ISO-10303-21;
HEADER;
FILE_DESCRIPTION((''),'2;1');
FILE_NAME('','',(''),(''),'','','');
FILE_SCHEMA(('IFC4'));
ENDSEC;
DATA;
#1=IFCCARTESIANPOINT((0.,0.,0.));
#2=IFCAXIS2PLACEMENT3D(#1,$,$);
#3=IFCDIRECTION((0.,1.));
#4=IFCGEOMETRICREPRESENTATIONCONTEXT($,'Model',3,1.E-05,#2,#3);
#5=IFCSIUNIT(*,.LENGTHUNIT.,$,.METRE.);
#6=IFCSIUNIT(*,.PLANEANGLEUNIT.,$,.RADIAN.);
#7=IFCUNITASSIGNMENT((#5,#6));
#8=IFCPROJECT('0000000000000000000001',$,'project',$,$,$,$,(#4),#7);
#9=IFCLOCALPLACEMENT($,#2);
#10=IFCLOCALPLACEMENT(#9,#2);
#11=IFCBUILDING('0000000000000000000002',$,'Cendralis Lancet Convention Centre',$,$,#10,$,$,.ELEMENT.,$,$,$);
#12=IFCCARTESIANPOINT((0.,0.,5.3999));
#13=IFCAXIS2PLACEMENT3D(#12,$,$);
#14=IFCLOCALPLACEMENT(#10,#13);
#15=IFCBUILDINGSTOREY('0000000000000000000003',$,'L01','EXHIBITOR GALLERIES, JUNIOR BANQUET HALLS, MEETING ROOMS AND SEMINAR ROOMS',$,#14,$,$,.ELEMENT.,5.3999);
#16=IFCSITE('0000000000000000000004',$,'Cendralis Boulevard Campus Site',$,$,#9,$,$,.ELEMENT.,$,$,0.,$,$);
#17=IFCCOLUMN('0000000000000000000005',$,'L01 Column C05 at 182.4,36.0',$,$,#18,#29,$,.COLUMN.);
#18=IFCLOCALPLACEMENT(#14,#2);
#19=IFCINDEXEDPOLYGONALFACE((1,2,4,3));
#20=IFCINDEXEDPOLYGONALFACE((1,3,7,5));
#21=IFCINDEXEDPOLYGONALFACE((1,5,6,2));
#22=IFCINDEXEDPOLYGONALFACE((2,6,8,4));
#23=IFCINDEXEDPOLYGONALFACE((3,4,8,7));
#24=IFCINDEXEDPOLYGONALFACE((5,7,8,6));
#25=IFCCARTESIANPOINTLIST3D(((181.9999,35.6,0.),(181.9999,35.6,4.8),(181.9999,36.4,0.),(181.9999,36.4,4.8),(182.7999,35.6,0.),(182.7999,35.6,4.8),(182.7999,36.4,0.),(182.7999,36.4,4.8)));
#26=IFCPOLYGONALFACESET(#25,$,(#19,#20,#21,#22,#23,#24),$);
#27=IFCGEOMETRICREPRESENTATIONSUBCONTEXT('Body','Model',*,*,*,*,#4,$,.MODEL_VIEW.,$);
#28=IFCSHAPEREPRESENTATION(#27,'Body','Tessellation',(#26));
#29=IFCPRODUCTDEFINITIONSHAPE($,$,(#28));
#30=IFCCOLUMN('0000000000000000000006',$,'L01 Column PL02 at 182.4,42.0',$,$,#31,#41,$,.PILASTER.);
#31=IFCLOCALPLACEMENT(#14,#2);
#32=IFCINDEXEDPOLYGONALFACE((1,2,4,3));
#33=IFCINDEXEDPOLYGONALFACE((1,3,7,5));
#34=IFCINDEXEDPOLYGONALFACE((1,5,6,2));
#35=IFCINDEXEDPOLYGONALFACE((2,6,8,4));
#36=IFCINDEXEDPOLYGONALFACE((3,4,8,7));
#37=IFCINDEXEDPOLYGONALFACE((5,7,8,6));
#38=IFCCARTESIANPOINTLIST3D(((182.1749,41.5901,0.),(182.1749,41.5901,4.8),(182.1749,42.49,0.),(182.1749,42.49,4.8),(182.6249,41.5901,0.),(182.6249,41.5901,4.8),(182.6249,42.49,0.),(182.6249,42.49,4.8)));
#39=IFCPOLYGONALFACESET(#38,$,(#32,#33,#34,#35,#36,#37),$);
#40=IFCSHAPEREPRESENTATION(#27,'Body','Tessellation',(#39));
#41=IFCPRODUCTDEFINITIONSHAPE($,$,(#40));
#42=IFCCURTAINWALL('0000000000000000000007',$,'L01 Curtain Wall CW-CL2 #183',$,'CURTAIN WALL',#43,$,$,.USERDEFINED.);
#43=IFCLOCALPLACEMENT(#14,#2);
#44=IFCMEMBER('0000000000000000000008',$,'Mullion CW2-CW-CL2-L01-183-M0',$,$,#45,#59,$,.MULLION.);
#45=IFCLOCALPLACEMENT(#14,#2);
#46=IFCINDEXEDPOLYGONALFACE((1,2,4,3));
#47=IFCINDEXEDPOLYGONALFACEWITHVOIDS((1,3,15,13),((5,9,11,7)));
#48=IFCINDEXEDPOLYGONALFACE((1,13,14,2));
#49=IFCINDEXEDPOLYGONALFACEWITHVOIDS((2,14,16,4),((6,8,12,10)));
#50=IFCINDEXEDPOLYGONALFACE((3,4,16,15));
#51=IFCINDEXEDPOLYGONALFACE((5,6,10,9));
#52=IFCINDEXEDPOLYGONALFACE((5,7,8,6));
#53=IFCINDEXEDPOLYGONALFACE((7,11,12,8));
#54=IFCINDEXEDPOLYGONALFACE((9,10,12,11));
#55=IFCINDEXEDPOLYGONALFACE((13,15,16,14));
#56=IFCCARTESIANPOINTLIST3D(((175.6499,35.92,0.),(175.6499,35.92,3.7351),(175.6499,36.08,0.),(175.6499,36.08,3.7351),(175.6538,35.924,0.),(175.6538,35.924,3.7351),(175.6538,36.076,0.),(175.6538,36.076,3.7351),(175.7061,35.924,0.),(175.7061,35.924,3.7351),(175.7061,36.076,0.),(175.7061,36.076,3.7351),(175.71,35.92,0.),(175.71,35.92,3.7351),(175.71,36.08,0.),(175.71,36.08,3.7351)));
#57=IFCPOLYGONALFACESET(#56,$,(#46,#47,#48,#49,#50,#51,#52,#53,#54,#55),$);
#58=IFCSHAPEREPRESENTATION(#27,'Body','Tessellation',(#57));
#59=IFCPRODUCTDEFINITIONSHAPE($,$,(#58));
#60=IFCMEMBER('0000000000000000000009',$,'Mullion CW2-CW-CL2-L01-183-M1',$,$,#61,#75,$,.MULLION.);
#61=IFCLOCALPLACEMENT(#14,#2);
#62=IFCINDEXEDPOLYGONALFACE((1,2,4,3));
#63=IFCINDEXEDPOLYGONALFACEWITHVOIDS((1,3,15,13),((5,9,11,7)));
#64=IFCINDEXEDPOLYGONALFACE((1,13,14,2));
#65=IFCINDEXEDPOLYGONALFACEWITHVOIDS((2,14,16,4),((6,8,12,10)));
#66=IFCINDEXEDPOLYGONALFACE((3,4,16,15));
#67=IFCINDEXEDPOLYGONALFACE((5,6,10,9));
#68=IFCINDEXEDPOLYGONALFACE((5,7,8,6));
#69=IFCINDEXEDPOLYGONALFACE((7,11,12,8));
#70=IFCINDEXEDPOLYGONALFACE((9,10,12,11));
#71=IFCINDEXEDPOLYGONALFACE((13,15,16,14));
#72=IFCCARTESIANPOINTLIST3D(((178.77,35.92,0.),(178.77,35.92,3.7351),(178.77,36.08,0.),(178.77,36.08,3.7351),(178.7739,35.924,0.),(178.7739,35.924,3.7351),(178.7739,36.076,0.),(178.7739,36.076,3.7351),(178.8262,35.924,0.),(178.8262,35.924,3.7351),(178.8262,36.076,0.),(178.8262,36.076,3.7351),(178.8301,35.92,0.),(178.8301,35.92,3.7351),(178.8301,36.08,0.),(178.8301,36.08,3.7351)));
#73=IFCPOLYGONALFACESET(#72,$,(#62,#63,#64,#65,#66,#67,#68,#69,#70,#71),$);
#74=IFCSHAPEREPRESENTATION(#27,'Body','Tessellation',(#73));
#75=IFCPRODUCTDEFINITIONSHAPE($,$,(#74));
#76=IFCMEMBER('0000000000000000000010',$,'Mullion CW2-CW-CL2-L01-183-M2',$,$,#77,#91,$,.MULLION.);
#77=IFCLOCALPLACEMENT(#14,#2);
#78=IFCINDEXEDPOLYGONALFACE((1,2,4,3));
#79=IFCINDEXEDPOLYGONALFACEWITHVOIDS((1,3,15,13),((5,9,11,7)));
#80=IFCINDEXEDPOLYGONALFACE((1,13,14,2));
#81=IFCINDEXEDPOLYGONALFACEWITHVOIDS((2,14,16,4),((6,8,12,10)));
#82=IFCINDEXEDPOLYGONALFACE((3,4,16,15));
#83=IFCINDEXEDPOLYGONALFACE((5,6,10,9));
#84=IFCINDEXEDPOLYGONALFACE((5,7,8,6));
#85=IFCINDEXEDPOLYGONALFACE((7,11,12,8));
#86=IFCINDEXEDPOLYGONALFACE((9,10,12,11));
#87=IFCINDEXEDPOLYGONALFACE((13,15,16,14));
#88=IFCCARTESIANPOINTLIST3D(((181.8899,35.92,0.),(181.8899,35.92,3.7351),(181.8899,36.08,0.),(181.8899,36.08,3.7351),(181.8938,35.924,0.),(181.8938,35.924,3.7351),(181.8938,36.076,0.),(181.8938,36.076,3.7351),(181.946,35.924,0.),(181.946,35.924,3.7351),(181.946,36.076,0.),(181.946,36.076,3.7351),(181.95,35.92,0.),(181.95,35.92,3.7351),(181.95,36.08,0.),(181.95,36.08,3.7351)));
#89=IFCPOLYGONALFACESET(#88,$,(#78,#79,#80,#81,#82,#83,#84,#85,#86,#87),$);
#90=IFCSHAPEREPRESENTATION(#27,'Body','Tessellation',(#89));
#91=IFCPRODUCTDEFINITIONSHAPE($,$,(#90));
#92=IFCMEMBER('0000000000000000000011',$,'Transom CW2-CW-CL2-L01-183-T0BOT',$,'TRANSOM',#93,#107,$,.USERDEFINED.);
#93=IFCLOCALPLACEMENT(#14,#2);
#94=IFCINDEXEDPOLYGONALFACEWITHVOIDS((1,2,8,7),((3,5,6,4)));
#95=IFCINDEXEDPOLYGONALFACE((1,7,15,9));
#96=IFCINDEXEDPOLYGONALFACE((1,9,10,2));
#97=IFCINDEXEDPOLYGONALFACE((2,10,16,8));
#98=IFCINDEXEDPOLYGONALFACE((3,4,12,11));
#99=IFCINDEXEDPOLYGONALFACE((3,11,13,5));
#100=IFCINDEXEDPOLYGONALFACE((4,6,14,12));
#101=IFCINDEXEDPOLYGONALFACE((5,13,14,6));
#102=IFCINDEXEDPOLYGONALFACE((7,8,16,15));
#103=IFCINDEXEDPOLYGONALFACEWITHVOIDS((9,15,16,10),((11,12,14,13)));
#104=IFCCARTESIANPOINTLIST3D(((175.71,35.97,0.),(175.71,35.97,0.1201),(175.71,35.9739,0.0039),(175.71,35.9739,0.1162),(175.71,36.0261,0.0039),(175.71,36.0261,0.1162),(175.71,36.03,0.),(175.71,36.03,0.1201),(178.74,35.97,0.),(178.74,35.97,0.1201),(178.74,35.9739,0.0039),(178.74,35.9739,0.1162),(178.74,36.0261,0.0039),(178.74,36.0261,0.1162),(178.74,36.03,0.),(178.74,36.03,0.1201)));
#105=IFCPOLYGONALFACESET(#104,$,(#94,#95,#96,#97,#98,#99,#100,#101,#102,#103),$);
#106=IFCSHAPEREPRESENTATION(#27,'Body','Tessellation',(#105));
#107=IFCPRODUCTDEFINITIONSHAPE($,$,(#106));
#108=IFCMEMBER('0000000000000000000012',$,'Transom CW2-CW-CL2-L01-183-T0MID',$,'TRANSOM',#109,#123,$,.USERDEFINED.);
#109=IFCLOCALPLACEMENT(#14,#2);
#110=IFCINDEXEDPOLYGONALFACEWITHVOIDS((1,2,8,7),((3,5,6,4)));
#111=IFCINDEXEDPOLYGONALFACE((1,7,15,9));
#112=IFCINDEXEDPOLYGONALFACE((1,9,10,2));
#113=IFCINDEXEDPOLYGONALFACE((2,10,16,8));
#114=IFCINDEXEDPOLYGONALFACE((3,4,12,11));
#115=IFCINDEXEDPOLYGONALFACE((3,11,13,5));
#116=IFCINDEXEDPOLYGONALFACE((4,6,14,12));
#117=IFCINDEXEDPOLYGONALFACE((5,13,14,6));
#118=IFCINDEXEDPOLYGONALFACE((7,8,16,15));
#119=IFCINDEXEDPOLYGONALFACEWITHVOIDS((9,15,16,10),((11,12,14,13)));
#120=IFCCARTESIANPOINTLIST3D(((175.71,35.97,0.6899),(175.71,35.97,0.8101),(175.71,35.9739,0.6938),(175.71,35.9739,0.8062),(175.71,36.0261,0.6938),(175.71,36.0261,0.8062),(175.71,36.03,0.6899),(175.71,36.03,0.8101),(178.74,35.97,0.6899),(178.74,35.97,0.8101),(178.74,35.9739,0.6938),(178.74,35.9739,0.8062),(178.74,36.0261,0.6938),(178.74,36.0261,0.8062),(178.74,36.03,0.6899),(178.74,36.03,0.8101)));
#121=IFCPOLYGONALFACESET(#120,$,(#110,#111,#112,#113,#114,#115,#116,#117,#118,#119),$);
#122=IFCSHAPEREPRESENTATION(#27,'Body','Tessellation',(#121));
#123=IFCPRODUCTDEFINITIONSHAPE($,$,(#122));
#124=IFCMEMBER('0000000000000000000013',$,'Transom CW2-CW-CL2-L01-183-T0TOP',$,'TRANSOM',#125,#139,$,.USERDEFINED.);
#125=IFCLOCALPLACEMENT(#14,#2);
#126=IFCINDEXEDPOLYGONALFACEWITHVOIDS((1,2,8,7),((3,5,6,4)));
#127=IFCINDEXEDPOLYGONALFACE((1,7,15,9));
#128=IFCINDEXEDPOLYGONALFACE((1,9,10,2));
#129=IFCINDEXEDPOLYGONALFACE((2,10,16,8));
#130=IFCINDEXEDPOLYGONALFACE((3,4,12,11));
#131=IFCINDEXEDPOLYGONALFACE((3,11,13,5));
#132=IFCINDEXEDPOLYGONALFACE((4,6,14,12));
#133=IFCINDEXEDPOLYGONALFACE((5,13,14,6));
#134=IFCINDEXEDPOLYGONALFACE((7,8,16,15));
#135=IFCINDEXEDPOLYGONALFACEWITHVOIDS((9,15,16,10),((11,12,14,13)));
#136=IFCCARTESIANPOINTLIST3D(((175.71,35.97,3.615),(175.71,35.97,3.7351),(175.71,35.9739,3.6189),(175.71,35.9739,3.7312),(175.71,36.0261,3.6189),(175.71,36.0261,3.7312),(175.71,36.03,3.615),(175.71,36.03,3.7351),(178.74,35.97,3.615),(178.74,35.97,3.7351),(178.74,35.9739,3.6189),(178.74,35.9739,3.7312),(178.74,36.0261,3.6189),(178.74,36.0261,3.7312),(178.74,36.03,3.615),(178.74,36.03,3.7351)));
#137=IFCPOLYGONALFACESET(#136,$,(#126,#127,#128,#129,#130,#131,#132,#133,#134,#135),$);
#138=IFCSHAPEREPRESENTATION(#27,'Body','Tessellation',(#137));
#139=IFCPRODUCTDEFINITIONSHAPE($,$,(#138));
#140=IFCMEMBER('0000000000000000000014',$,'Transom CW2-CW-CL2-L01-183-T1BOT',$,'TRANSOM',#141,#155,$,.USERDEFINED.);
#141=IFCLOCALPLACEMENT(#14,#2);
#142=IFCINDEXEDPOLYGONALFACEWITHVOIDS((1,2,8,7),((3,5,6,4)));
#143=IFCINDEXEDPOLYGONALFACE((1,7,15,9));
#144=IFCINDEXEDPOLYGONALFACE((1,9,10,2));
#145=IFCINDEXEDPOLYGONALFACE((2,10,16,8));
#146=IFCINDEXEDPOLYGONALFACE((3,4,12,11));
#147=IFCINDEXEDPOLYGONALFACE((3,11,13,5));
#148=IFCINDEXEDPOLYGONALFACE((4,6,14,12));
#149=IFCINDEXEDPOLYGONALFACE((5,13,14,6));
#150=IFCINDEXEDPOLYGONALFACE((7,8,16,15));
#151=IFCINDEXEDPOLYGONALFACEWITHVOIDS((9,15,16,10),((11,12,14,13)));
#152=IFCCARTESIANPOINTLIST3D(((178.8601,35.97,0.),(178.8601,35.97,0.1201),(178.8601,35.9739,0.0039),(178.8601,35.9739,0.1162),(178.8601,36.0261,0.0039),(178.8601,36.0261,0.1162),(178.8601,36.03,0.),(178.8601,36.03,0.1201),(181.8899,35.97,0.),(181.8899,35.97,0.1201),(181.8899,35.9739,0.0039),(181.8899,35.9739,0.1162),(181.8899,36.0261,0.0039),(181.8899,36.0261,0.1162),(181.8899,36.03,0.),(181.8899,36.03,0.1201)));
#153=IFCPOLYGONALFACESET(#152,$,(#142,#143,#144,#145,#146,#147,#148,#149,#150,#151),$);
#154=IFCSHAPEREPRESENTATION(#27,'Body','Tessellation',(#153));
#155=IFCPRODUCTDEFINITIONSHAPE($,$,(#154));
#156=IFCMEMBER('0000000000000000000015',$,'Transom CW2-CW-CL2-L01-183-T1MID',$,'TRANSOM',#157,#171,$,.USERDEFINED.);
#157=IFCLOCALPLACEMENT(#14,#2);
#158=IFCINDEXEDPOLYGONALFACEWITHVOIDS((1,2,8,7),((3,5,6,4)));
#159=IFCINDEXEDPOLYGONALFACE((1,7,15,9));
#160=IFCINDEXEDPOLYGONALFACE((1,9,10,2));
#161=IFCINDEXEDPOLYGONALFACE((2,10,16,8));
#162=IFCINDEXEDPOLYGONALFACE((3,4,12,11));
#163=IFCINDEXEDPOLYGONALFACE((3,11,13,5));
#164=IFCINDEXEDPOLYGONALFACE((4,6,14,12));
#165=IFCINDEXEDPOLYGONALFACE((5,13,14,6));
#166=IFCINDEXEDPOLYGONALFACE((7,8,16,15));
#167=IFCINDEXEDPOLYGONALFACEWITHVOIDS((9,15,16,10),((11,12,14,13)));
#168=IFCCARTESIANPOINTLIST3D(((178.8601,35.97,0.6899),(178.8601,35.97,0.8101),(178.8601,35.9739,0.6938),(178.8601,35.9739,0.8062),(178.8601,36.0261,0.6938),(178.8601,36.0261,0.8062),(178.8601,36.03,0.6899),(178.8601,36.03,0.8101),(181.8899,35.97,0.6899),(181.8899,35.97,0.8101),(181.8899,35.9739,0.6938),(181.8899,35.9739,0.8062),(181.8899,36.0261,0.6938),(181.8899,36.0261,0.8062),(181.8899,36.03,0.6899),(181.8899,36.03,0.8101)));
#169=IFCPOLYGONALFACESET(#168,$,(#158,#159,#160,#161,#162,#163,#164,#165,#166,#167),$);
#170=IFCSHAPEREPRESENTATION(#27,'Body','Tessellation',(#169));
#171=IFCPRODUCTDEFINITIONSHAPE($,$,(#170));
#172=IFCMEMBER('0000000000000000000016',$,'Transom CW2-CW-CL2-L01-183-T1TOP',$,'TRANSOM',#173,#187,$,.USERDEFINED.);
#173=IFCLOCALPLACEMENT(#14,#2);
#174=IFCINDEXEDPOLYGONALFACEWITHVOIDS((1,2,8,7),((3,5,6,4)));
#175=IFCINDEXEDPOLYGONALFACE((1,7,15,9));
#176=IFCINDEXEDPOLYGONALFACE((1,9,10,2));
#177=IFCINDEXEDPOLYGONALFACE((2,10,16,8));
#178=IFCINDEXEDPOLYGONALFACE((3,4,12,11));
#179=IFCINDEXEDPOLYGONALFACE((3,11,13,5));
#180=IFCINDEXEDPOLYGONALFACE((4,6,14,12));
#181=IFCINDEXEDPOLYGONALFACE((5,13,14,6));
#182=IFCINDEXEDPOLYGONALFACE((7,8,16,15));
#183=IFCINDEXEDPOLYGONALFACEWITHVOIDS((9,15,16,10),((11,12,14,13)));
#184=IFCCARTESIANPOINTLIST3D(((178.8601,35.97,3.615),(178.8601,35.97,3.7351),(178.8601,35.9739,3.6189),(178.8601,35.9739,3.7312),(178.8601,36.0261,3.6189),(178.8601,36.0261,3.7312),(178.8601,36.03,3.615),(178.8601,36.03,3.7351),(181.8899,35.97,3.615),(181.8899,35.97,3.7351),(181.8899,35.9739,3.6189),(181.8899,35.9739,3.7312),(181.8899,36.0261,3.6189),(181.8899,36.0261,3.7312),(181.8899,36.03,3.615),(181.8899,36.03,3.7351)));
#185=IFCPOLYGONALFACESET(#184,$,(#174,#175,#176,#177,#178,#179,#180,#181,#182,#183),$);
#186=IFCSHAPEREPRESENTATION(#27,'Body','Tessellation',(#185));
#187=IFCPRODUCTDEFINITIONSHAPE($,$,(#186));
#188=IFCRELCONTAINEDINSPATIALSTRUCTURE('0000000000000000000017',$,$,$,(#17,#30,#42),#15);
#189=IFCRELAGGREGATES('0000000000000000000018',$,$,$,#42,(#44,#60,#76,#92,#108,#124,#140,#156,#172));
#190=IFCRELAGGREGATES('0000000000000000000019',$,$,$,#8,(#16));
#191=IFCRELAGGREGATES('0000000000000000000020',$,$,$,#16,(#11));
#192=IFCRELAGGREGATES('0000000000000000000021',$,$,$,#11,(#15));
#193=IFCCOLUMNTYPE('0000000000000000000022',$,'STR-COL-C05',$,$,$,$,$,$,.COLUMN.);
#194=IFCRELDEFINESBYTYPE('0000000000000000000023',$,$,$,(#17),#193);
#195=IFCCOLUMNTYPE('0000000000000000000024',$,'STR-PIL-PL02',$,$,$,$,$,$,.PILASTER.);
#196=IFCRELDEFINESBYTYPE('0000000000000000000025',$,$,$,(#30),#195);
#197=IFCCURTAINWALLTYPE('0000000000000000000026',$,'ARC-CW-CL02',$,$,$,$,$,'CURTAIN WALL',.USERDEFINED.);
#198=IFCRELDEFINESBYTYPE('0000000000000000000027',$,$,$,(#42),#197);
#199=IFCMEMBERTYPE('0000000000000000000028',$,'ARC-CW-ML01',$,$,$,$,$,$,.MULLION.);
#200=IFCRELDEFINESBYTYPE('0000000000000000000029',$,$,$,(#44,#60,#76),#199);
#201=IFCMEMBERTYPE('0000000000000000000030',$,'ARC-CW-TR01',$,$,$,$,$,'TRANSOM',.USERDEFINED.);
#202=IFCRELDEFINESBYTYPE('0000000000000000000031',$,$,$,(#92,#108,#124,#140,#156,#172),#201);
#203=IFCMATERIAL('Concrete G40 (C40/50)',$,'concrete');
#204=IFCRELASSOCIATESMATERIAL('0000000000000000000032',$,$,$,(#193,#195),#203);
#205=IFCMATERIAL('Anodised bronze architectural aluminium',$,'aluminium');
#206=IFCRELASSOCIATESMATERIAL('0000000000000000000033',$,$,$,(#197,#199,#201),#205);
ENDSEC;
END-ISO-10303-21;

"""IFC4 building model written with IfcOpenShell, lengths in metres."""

from ifc_helpers import new_model, si_unit, direction, frame, origin, origin_2d, place, context, subcontext, project, spatial, rectangle, hollow_rectangle, extrude, material, material_profile, profile_set, type_object, element, aggregate, save


model = new_model("IFC4")

# Units and contexts
model_context = context("Model", 3, precision=1e-05, world=origin(), true_north=direction((0.0, 1.0)))
body_context = subcontext(model_context, "Body", "Model", "MODEL_VIEW")
ifc_project = project(units=[si_unit("LENGTHUNIT", "METRE"), si_unit("PLANEANGLEUNIT", "RADIAN")], contexts=[model_context])

# Site, building, storey
site_placement = place(None, origin())
site = spatial("IfcSite", under=ifc_project, at=site_placement, Name="Cendralis Boulevard Campus Site", CompositionType="ELEMENT", RefElevation=0.0)
building_placement = place(site_placement, origin())
building = spatial("IfcBuilding", under=site, at=building_placement, Name="Cendralis Lancet Convention Centre", CompositionType="ELEMENT")
storey_placement = place(building_placement, frame((0.0, 0.0, 5.3999)))
storey = spatial("IfcBuildingStorey", under=building, at=storey_placement, Name="L01", Description="EXHIBITOR GALLERIES, JUNIOR BANQUET HALLS, MEETING ROOMS AND SEMINAR ROOMS", CompositionType="ELEMENT", Elevation=5.3999)

# Columns
ifc_material_1 = material(Name="Concrete G40 (C40/50)", Category="concrete")
ifc_material_profile_1 = material_profile(ifc_material_1, rectangle(XDim=0.8, YDim=0.8, at=origin_2d()), Name="RC 800x800")
ifc_profile_set_1 = profile_set([ifc_material_profile_1], Name="Concrete G40 (C40/50)")
column_type_1 = type_object("IfcColumnType", Name="STR-COL-C05", PredefinedType="COLUMN", material=ifc_profile_set_1)
column_1_placement = place(storey_placement, frame((182.3999, 36.0, 0.0), z_axis=(0.0, 0.0, 1.0), x_axis=(1.0, 0.0, 0.0)))
element("IfcColumn", 1, at=column_1_placement, inside=storey, type_object=column_type_1, Name="L01 Column C05 at 182.4,36.0", PredefinedType="COLUMN", context=body_context, shape_type="SweptSolid", body=[
    extrude(rectangle(XDim=0.8, YDim=0.8, at=origin_2d()), origin(), (0.0, 0.0, 1.0), 4.8),
])
ifc_material_profile_2 = material_profile(ifc_material_1, rectangle(XDim=0.45, YDim=0.8999, at=origin_2d()), Name="RC 450x900")
ifc_profile_set_2 = profile_set([ifc_material_profile_2], Name="Concrete G40 (C40/50)")
column_type_2 = type_object("IfcColumnType", Name="STR-PIL-PL02", PredefinedType="PILASTER", material=ifc_profile_set_2)
column_2_placement = place(storey_placement, frame((182.3999, 42.04, 0.0), z_axis=(0.0, 0.0, 1.0), x_axis=(1.0, 0.0, 0.0)))
element("IfcColumn", 2, at=column_2_placement, inside=storey, type_object=column_type_2, Name="L01 Column PL02 at 182.4,42.0", PredefinedType="PILASTER", context=body_context, shape_type="SweptSolid", body=[
    extrude(rectangle(XDim=0.45, YDim=0.8999, at=origin_2d()), origin(), (0.0, 0.0, 1.0), 4.8),
])

# Curtain wall, members
ifc_material_2 = material(Name="Anodised bronze architectural aluminium", Category="aluminium")
curtain_wall_type = type_object("IfcCurtainWallType", Name="ARC-CW-CL02", ElementType="CURTAIN WALL", PredefinedType="USERDEFINED", material=ifc_material_2)
curtain_wall_placement = place(storey_placement, origin())
curtain_wall = element("IfcCurtainWall", 3, at=curtain_wall_placement, inside=storey, type_object=curtain_wall_type, Name="L01 Curtain Wall CW-CL2 #183", ObjectType="CURTAIN WALL", PredefinedType="USERDEFINED")
ifc_material_profile_3 = material_profile(ifc_material_2, hollow_rectangle(XDim=0.0601, YDim=0.1599, WallThickness=0.0039, at=origin_2d()), Name="AL-MULL 60x160x4.0")
ifc_profile_set_3 = profile_set([ifc_material_profile_3], Name="Anodised bronze architectural aluminium")
member_type_1 = type_object("IfcMemberType", Name="ARC-CW-ML01", PredefinedType="MULLION", material=ifc_profile_set_3)
member_1_placement = place(storey_placement, frame((175.6799, 36.0, 0.0), z_axis=(0.0, 0.0, 1.0), x_axis=(1.0, 0.0, 0.0)))
member_1 = element("IfcMember", 4, at=member_1_placement, type_object=member_type_1, Name="Mullion CW2-CW-CL2-L01-183-M0", PredefinedType="MULLION", context=body_context, shape_type="SweptSolid", body=[
    extrude(hollow_rectangle(XDim=0.0601, YDim=0.1599, WallThickness=0.0039, at=origin_2d()), origin(), (0.0, 0.0, 1.0), 3.7351),
])
member_2_placement = place(storey_placement, frame((178.8, 36.0, 0.0), z_axis=(0.0, 0.0, 1.0), x_axis=(1.0, 0.0, 0.0)))
member_2 = element("IfcMember", 5, at=member_2_placement, type_object=member_type_1, Name="Mullion CW2-CW-CL2-L01-183-M1", PredefinedType="MULLION", context=body_context, shape_type="SweptSolid", body=[
    extrude(hollow_rectangle(XDim=0.0601, YDim=0.1599, WallThickness=0.0039, at=origin_2d()), origin(), (0.0, 0.0, 1.0), 3.7351),
])
member_3_placement = place(storey_placement, frame((181.9199, 36.0, 0.0), z_axis=(0.0, 0.0, 1.0), x_axis=(1.0, 0.0, 0.0)))
member_3 = element("IfcMember", 6, at=member_3_placement, type_object=member_type_1, Name="Mullion CW2-CW-CL2-L01-183-M2", PredefinedType="MULLION", context=body_context, shape_type="SweptSolid", body=[
    extrude(hollow_rectangle(XDim=0.0601, YDim=0.1599, WallThickness=0.0039, at=origin_2d()), origin(), (0.0, 0.0, 1.0), 3.7351),
])
ifc_material_profile_4 = material_profile(ifc_material_2, hollow_rectangle(XDim=0.0601, YDim=0.1201, WallThickness=0.0039, at=origin_2d()), Name="AL-TRAN 60x120x4.0")
ifc_profile_set_4 = profile_set([ifc_material_profile_4], Name="Anodised bronze architectural aluminium")
member_type_2 = type_object("IfcMemberType", Name="ARC-CW-TR01", ElementType="TRANSOM", PredefinedType="USERDEFINED", material=ifc_profile_set_4)
member_4_placement = place(storey_placement, frame((175.71, 36.0, 0.0601), z_axis=(1.0, 0.0, 0.0), x_axis=(0.0, 1.0, 0.0)))
member_4 = element("IfcMember", 7, at=member_4_placement, type_object=member_type_2, Name="Transom CW2-CW-CL2-L01-183-T0BOT", ObjectType="TRANSOM", PredefinedType="USERDEFINED", context=body_context, shape_type="SweptSolid", body=[
    extrude(hollow_rectangle(XDim=0.0601, YDim=0.1201, WallThickness=0.0039, at=origin_2d()), origin(), (0.0, 0.0, 1.0), 3.03),
])
member_5_placement = place(storey_placement, frame((175.71, 36.0, 0.75), z_axis=(1.0, 0.0, 0.0), x_axis=(0.0, 1.0, 0.0)))
member_5 = element("IfcMember", 8, at=member_5_placement, type_object=member_type_2, Name="Transom CW2-CW-CL2-L01-183-T0MID", ObjectType="TRANSOM", PredefinedType="USERDEFINED", context=body_context, shape_type="SweptSolid", body=[
    extrude(hollow_rectangle(XDim=0.0601, YDim=0.1201, WallThickness=0.0039, at=origin_2d()), origin(), (0.0, 0.0, 1.0), 3.03),
])
member_6_placement = place(storey_placement, frame((175.71, 36.0, 3.675), z_axis=(1.0, 0.0, 0.0), x_axis=(0.0, 1.0, 0.0)))
member_6 = element("IfcMember", 9, at=member_6_placement, type_object=member_type_2, Name="Transom CW2-CW-CL2-L01-183-T0TOP", ObjectType="TRANSOM", PredefinedType="USERDEFINED", context=body_context, shape_type="SweptSolid", body=[
    extrude(hollow_rectangle(XDim=0.0601, YDim=0.1201, WallThickness=0.0039, at=origin_2d()), origin(), (0.0, 0.0, 1.0), 3.03),
])
member_7_placement = place(storey_placement, frame((178.8601, 36.0, 0.0601), z_axis=(1.0, 0.0, 0.0), x_axis=(0.0, 1.0, 0.0)))
member_7 = element("IfcMember", 10, at=member_7_placement, type_object=member_type_2, Name="Transom CW2-CW-CL2-L01-183-T1BOT", ObjectType="TRANSOM", PredefinedType="USERDEFINED", context=body_context, shape_type="SweptSolid", body=[
    extrude(hollow_rectangle(XDim=0.0601, YDim=0.1201, WallThickness=0.0039, at=origin_2d()), origin(), (0.0, 0.0, 1.0), 3.0298),
])
member_8_placement = place(storey_placement, frame((178.8601, 36.0, 0.75), z_axis=(1.0, 0.0, 0.0), x_axis=(0.0, 1.0, 0.0)))
member_8 = element("IfcMember", 11, at=member_8_placement, type_object=member_type_2, Name="Transom CW2-CW-CL2-L01-183-T1MID", ObjectType="TRANSOM", PredefinedType="USERDEFINED", context=body_context, shape_type="SweptSolid", body=[
    extrude(hollow_rectangle(XDim=0.0601, YDim=0.1201, WallThickness=0.0039, at=origin_2d()), origin(), (0.0, 0.0, 1.0), 3.0298),
])
member_9_placement = place(storey_placement, frame((178.8601, 36.0, 3.675), z_axis=(1.0, 0.0, 0.0), x_axis=(0.0, 1.0, 0.0)))
member_9 = element("IfcMember", 12, at=member_9_placement, type_object=member_type_2, Name="Transom CW2-CW-CL2-L01-183-T1TOP", ObjectType="TRANSOM", PredefinedType="USERDEFINED", context=body_context, shape_type="SweptSolid", body=[
    extrude(hollow_rectangle(XDim=0.0601, YDim=0.1201, WallThickness=0.0039, at=origin_2d()), origin(), (0.0, 0.0, 1.0), 3.0298),
])

aggregate(curtain_wall, [member_1, member_2, member_3, member_4, member_5, member_6, member_7, member_8, member_9])

save(model, "model.ifc")
